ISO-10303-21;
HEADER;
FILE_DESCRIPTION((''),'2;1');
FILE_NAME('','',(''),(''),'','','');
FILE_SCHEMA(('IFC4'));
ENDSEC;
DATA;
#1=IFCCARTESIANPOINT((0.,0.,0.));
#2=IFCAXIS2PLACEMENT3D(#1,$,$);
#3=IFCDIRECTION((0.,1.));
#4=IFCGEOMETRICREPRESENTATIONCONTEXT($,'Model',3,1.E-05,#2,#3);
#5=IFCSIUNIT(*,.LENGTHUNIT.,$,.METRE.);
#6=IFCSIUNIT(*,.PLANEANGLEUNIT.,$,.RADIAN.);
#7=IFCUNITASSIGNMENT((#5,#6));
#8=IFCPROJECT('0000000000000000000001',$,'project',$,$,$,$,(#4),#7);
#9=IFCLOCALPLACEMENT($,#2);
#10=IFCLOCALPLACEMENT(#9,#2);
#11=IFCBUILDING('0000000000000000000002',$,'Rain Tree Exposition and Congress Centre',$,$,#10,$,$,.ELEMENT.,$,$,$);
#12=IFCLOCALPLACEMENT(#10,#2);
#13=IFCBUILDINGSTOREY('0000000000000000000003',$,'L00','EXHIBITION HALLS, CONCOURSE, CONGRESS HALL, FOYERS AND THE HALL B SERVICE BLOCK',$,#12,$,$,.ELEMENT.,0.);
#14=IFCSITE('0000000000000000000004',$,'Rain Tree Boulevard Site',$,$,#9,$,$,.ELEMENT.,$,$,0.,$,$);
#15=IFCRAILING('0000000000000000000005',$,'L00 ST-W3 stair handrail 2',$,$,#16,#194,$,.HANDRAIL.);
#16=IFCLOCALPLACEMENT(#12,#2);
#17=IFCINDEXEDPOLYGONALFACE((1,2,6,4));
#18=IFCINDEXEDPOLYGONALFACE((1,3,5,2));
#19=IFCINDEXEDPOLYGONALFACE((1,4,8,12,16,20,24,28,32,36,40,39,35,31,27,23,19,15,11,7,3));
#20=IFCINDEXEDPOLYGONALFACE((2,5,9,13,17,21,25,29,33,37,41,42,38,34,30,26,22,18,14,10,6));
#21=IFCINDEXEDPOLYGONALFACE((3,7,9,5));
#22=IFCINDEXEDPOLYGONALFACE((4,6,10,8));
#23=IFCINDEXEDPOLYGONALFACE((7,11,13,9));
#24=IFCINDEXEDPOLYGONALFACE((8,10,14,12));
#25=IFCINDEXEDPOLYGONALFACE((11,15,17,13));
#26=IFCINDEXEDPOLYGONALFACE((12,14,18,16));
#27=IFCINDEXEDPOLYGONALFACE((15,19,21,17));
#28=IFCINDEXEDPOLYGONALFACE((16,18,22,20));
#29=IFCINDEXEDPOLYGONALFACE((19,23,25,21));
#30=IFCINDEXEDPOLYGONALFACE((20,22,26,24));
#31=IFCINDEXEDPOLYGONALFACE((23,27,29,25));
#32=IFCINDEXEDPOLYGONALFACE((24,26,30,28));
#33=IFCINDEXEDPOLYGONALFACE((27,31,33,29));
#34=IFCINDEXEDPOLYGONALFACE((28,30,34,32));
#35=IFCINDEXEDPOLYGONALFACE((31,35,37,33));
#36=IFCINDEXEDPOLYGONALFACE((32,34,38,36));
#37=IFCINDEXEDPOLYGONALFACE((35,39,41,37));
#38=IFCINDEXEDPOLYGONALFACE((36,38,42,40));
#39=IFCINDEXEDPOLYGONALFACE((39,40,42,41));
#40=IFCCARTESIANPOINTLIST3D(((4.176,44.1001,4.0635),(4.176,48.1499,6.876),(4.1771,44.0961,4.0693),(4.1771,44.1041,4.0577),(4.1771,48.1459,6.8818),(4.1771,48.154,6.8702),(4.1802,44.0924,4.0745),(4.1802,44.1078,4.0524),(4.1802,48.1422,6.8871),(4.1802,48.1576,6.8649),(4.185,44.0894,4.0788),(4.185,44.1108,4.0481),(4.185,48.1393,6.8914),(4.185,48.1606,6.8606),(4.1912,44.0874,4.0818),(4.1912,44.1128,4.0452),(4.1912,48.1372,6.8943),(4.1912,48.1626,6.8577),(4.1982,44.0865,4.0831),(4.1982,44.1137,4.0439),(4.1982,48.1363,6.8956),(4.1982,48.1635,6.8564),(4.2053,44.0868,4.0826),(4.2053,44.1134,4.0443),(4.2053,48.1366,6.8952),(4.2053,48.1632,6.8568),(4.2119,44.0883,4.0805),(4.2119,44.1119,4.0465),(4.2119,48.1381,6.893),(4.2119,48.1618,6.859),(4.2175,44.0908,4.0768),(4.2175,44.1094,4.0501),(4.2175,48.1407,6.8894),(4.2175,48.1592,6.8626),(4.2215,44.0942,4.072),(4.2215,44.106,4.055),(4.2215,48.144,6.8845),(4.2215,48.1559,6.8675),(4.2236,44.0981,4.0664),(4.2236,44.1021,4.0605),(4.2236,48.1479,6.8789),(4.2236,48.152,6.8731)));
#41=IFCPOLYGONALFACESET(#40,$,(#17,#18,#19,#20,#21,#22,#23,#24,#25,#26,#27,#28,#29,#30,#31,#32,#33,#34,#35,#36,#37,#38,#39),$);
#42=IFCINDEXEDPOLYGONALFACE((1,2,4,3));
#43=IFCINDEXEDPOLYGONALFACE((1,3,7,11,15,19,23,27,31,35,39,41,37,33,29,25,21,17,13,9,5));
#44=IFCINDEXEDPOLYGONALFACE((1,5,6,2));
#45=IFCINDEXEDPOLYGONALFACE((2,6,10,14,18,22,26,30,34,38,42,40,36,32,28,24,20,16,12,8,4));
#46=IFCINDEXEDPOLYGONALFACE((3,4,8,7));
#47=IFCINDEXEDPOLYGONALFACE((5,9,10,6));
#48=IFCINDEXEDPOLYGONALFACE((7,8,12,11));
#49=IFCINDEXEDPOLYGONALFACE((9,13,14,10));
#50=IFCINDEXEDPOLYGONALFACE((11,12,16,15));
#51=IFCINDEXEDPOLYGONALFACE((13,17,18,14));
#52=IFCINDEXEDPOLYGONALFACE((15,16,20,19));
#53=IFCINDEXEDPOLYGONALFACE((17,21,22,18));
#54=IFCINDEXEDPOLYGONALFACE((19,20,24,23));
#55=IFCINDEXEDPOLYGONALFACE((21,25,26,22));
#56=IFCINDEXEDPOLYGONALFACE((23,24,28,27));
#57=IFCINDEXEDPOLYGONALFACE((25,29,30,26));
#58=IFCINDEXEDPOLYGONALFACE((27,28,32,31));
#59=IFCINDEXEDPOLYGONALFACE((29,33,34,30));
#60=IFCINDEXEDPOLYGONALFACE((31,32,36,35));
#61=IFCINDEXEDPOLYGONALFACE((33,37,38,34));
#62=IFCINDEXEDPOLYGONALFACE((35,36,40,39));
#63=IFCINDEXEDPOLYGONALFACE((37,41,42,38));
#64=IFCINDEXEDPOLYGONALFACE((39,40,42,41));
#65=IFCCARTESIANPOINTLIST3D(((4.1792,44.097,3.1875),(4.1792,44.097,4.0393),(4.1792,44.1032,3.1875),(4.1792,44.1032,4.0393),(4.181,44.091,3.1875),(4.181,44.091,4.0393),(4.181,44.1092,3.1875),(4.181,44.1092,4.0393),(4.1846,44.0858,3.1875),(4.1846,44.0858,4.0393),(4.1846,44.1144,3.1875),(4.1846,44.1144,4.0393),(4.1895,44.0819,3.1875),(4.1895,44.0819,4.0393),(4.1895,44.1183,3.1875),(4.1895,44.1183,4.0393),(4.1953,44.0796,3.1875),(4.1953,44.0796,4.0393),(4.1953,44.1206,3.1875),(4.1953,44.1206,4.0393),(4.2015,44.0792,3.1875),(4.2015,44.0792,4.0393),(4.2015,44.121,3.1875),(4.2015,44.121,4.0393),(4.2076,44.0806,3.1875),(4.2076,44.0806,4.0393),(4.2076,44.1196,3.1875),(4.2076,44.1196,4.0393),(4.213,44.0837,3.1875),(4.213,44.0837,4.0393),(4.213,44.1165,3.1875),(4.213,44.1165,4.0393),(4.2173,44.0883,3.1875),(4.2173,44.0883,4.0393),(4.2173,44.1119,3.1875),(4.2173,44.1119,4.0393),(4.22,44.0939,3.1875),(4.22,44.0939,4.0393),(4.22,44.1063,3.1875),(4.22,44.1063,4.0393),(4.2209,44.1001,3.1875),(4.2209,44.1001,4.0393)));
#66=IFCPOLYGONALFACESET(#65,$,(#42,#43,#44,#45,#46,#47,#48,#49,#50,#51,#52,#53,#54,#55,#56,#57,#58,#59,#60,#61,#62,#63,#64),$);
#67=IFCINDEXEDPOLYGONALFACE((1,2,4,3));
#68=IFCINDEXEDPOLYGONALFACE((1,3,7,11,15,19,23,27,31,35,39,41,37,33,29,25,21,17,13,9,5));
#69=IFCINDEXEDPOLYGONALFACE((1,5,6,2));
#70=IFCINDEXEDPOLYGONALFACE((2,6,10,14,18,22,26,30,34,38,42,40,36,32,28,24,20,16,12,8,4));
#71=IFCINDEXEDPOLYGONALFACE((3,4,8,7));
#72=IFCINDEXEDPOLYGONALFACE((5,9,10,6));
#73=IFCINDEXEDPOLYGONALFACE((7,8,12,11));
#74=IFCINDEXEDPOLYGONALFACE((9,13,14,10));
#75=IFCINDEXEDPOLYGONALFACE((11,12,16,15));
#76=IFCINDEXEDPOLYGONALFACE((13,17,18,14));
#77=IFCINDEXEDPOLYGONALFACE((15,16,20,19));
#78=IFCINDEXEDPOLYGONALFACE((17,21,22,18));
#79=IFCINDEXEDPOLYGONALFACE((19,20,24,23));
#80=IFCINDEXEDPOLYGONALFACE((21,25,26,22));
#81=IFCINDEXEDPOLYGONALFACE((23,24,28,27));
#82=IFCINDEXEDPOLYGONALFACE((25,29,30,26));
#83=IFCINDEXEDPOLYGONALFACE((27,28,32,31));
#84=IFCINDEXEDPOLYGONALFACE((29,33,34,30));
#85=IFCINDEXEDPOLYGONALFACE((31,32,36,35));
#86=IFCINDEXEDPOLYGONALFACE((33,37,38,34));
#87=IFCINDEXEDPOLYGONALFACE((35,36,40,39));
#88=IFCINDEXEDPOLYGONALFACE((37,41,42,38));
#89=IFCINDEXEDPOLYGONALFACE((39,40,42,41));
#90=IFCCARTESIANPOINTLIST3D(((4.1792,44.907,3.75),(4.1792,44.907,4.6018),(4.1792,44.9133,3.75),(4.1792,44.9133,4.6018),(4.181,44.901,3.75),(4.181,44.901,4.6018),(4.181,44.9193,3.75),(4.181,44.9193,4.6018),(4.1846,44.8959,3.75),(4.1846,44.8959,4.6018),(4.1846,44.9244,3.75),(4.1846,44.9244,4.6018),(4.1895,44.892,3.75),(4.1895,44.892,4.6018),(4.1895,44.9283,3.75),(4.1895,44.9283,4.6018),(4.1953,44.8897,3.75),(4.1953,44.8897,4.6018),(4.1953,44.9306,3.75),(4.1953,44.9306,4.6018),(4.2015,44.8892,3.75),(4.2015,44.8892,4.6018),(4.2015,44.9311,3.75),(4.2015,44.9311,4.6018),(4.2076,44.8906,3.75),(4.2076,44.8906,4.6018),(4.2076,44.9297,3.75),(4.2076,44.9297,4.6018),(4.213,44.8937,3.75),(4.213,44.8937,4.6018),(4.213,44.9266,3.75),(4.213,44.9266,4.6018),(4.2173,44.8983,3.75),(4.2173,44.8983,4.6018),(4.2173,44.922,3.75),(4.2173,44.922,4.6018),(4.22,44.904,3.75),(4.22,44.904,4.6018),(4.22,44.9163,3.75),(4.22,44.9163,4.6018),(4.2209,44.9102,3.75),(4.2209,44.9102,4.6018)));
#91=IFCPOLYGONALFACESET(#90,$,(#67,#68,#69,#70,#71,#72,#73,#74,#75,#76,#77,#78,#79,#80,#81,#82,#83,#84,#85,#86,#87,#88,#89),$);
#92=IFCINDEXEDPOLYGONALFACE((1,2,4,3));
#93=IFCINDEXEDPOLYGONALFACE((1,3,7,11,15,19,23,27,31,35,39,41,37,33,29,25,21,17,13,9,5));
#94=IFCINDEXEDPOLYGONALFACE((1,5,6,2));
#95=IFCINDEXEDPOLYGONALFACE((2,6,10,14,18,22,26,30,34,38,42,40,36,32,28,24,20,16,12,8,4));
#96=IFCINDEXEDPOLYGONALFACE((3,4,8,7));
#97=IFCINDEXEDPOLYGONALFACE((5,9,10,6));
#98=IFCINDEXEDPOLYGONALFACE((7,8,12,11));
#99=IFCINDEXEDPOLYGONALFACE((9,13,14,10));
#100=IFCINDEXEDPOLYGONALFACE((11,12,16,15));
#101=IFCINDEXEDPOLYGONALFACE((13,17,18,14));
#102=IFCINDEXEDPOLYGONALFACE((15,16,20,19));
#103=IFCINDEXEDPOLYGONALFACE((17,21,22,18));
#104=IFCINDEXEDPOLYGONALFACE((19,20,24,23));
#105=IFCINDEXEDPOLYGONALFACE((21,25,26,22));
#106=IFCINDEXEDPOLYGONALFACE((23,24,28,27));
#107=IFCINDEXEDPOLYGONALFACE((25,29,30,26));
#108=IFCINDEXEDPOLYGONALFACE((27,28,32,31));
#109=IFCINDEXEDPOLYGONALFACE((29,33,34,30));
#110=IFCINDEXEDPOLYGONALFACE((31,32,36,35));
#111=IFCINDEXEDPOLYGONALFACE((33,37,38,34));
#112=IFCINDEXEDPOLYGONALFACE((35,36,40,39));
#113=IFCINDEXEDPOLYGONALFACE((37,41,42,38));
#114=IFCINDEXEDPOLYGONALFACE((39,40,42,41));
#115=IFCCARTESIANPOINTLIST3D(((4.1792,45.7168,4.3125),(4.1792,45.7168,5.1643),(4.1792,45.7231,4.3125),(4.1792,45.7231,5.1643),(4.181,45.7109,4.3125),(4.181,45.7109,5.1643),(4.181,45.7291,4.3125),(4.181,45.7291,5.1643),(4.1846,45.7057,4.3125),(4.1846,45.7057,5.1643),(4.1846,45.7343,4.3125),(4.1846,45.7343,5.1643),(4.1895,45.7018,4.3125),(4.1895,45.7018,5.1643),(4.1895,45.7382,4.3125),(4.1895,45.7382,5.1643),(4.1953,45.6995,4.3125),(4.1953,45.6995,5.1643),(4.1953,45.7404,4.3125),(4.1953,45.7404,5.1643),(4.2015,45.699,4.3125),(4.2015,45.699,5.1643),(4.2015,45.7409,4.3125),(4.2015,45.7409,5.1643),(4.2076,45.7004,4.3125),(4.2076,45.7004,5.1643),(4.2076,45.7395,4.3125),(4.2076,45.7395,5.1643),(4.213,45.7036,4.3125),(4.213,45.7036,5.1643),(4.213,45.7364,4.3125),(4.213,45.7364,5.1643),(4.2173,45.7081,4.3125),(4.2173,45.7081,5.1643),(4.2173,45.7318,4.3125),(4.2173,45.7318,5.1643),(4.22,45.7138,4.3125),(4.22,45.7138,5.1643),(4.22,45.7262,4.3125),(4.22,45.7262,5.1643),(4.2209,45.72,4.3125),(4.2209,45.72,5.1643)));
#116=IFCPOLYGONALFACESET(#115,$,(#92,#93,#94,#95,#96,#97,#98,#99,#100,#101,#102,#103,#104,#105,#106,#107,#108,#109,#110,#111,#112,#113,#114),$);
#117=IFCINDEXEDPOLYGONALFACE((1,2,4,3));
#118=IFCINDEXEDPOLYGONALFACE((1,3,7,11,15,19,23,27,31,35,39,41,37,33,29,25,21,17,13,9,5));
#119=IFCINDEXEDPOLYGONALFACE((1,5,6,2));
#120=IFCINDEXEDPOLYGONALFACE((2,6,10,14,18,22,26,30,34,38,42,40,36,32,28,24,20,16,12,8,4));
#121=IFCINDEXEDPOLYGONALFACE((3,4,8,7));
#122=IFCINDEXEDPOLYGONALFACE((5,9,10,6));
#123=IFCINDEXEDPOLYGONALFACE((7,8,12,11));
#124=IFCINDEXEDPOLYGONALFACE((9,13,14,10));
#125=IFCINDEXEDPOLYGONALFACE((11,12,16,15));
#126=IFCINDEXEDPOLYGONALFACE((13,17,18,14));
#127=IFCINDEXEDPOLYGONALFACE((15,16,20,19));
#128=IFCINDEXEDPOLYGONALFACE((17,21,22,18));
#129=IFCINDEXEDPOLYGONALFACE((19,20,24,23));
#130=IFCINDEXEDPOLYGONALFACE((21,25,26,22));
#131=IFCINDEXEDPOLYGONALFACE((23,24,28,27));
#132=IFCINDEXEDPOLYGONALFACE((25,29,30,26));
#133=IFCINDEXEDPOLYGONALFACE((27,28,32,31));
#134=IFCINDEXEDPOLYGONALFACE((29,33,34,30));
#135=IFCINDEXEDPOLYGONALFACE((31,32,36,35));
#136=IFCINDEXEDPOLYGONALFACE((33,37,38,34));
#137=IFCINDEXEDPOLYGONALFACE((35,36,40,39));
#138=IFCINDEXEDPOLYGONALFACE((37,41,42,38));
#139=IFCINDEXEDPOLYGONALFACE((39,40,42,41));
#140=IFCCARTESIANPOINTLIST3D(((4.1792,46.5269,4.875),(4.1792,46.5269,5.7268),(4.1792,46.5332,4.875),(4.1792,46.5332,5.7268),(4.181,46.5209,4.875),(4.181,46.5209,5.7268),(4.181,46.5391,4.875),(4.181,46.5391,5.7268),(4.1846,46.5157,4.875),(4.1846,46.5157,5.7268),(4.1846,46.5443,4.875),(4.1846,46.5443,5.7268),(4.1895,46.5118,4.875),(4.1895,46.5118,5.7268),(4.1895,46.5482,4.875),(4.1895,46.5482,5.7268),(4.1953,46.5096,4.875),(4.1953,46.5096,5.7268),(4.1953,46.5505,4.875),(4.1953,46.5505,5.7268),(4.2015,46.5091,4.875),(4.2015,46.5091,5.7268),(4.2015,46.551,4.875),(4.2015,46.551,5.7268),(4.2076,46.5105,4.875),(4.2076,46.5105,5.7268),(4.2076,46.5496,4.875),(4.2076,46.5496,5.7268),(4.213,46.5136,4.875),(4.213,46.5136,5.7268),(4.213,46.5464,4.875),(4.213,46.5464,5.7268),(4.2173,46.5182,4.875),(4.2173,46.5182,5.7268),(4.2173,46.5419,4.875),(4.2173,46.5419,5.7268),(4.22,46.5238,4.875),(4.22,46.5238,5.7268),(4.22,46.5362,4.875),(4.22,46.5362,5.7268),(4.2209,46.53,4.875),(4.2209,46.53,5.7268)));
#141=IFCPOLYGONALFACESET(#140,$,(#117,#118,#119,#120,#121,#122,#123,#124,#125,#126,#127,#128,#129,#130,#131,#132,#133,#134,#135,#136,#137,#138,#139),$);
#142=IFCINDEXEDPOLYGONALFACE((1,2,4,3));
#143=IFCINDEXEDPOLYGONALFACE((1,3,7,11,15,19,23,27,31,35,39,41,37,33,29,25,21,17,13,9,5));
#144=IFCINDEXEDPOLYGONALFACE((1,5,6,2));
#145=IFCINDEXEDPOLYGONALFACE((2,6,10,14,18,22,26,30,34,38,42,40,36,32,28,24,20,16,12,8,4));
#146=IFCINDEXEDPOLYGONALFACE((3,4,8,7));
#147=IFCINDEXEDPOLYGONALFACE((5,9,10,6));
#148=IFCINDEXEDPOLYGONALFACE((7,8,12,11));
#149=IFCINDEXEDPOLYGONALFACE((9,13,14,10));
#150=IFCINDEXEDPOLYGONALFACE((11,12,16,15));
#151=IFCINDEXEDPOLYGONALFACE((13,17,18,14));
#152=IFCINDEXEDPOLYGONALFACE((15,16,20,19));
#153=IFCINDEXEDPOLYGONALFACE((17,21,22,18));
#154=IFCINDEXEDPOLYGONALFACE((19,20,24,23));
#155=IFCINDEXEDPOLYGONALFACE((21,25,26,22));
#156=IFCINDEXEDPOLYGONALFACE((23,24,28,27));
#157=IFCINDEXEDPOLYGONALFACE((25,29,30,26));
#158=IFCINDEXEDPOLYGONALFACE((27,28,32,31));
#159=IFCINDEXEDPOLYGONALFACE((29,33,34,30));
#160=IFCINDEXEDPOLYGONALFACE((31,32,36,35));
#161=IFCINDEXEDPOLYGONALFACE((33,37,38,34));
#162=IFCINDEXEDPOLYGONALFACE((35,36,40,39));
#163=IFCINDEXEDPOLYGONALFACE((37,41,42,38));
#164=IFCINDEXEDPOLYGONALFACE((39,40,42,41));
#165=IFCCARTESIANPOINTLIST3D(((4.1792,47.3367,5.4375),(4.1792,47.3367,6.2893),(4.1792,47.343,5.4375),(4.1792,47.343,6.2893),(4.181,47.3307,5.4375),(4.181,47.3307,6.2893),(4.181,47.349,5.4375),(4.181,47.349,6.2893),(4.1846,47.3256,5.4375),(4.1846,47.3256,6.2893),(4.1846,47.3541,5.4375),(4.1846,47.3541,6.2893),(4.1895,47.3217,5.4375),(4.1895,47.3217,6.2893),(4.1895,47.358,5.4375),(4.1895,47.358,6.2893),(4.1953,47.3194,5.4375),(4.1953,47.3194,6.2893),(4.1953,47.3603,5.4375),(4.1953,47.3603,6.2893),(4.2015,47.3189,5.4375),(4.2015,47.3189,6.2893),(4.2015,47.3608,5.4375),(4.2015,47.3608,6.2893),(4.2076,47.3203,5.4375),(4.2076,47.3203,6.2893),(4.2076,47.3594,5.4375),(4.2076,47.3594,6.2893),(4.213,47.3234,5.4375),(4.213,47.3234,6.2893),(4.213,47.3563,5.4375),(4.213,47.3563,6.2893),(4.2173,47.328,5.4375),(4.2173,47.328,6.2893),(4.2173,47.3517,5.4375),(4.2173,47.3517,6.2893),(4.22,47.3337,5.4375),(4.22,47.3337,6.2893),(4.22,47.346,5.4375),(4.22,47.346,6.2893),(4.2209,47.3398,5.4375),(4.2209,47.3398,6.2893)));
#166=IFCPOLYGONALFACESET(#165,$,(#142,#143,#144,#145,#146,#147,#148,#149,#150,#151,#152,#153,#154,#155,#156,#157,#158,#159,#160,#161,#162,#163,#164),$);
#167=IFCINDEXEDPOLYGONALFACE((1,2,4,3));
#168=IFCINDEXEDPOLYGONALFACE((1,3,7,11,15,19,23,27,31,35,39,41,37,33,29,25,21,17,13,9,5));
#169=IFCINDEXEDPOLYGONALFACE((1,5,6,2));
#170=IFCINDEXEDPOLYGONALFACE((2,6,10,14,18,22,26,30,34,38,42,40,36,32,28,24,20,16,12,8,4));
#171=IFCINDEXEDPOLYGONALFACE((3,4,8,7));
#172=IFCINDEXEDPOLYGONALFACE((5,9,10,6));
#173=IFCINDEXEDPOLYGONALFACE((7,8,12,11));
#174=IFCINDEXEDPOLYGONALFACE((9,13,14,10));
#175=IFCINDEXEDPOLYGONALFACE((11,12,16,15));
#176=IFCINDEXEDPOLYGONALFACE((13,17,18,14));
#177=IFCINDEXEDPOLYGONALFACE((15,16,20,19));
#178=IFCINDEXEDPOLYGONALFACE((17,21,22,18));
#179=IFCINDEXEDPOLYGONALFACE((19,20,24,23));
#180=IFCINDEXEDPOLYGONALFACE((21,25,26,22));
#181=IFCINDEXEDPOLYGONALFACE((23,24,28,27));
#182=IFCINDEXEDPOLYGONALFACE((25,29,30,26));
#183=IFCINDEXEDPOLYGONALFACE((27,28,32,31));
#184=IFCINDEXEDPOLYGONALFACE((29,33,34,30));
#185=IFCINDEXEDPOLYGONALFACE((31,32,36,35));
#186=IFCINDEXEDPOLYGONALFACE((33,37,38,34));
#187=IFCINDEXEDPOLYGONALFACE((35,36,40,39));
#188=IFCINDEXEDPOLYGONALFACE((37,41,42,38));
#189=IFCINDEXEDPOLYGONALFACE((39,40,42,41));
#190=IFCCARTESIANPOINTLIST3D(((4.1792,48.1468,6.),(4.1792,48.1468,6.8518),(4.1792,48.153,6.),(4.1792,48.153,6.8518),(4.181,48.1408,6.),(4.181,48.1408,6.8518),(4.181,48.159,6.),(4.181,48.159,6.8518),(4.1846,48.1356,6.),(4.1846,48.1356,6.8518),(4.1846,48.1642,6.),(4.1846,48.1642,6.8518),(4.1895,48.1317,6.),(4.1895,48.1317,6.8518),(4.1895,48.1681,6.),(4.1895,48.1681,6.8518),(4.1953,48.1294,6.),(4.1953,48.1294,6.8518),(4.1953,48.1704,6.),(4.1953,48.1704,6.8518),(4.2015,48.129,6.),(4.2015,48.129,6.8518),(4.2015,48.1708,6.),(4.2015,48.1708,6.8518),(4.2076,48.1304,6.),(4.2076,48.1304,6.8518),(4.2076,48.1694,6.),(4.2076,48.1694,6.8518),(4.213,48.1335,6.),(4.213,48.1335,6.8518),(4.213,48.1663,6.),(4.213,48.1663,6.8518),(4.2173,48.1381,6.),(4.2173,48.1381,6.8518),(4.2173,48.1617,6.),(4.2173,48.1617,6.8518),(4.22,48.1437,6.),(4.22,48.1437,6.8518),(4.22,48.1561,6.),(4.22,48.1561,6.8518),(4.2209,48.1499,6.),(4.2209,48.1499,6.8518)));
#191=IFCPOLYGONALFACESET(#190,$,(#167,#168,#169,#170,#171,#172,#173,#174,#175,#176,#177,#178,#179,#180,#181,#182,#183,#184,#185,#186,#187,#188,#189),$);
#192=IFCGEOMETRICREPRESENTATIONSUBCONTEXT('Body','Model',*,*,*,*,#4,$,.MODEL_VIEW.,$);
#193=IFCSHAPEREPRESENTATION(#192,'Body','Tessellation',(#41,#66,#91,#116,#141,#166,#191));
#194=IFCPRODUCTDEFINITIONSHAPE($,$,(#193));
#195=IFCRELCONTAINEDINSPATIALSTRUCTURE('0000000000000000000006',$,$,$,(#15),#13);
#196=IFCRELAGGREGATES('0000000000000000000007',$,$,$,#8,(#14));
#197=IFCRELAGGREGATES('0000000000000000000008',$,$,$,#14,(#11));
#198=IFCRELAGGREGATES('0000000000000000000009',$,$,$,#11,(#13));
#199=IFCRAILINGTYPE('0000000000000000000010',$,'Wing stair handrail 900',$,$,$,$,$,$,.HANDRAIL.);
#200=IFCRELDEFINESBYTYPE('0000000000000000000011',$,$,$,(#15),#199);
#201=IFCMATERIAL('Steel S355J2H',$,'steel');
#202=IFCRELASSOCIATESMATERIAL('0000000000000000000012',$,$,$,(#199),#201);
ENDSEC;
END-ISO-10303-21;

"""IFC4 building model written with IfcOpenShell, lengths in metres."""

from ifc_helpers import new_model, si_unit, direction, frame, origin, origin_2d, place, context, subcontext, project, spatial, circle, extrude, material, type_object, element, save


model = new_model("IFC4")

# Units and contexts
model_context = context("Model", 3, precision=1e-05, world=origin(), true_north=direction((0.0, 1.0)))
body_context = subcontext(model_context, "Body", "Model", "MODEL_VIEW")
ifc_project = project(units=[si_unit("LENGTHUNIT", "METRE"), si_unit("PLANEANGLEUNIT", "RADIAN")], contexts=[model_context])

# Site, building, storey
site_placement = place(None, origin())
site = spatial("IfcSite", under=ifc_project, at=site_placement, Name="Rain Tree Boulevard Site", CompositionType="ELEMENT", RefElevation=0.0)
building_placement = place(site_placement, origin())
building = spatial("IfcBuilding", under=site, at=building_placement, Name="Rain Tree Exposition and Congress Centre", CompositionType="ELEMENT")
storey_placement = place(building_placement, origin())
storey = spatial("IfcBuildingStorey", under=building, at=storey_placement, Name="L00", Description="EXHIBITION HALLS, CONCOURSE, CONGRESS HALL, FOYERS AND THE HALL B SERVICE BLOCK", CompositionType="ELEMENT", Elevation=0.0)

# Railing
ifc_material_1 = material(Name="Steel S355J2H", Category="steel")
railing_type_1 = type_object("IfcRailingType", Name="Wing stair handrail 900", PredefinedType="HANDRAIL", material=ifc_material_1)
railing_1_placement = place(storey_placement, frame((4.2, 44.1001, 3.1875)))
element("IfcRailing", 1, at=railing_1_placement, inside=storey, type_object=railing_type_1, Name="L00 ST-W3 stair handrail 2", PredefinedType="HANDRAIL", context=body_context, shape_type="SweptSolid", body=[
    extrude(circle(Radius=0.0239, at=origin_2d()), frame((0.0, 0.0, 0.876), z_axis=(0.0, 0.821357, 0.570414), x_axis=(-1.0, 0.0, 0.0)), (0.0, 0.0, 1.0), 4.9307),
    extrude(circle(Radius=0.021, at=origin_2d()), origin(), (0.0, 0.0, 1.0), 0.8518),
    extrude(circle(Radius=0.021, at=origin_2d()), frame((0.0, 0.8101, 0.5625)), (0.0, 0.0, 1.0), 0.8518),
    extrude(circle(Radius=0.021, at=origin_2d()), frame((0.0, 1.6199, 1.125)), (0.0, 0.0, 1.0), 0.8518),
    extrude(circle(Radius=0.021, at=origin_2d()), frame((0.0, 2.4299, 1.6875)), (0.0, 0.0, 1.0), 0.8518),
    extrude(circle(Radius=0.021, at=origin_2d()), frame((0.0, 3.2397, 2.25)), (0.0, 0.0, 1.0), 0.8518),
    extrude(circle(Radius=0.021, at=origin_2d()), frame((0.0, 4.0498, 2.8125)), (0.0, 0.0, 1.0), 0.8518),
])

save(model, "model.ifc")
